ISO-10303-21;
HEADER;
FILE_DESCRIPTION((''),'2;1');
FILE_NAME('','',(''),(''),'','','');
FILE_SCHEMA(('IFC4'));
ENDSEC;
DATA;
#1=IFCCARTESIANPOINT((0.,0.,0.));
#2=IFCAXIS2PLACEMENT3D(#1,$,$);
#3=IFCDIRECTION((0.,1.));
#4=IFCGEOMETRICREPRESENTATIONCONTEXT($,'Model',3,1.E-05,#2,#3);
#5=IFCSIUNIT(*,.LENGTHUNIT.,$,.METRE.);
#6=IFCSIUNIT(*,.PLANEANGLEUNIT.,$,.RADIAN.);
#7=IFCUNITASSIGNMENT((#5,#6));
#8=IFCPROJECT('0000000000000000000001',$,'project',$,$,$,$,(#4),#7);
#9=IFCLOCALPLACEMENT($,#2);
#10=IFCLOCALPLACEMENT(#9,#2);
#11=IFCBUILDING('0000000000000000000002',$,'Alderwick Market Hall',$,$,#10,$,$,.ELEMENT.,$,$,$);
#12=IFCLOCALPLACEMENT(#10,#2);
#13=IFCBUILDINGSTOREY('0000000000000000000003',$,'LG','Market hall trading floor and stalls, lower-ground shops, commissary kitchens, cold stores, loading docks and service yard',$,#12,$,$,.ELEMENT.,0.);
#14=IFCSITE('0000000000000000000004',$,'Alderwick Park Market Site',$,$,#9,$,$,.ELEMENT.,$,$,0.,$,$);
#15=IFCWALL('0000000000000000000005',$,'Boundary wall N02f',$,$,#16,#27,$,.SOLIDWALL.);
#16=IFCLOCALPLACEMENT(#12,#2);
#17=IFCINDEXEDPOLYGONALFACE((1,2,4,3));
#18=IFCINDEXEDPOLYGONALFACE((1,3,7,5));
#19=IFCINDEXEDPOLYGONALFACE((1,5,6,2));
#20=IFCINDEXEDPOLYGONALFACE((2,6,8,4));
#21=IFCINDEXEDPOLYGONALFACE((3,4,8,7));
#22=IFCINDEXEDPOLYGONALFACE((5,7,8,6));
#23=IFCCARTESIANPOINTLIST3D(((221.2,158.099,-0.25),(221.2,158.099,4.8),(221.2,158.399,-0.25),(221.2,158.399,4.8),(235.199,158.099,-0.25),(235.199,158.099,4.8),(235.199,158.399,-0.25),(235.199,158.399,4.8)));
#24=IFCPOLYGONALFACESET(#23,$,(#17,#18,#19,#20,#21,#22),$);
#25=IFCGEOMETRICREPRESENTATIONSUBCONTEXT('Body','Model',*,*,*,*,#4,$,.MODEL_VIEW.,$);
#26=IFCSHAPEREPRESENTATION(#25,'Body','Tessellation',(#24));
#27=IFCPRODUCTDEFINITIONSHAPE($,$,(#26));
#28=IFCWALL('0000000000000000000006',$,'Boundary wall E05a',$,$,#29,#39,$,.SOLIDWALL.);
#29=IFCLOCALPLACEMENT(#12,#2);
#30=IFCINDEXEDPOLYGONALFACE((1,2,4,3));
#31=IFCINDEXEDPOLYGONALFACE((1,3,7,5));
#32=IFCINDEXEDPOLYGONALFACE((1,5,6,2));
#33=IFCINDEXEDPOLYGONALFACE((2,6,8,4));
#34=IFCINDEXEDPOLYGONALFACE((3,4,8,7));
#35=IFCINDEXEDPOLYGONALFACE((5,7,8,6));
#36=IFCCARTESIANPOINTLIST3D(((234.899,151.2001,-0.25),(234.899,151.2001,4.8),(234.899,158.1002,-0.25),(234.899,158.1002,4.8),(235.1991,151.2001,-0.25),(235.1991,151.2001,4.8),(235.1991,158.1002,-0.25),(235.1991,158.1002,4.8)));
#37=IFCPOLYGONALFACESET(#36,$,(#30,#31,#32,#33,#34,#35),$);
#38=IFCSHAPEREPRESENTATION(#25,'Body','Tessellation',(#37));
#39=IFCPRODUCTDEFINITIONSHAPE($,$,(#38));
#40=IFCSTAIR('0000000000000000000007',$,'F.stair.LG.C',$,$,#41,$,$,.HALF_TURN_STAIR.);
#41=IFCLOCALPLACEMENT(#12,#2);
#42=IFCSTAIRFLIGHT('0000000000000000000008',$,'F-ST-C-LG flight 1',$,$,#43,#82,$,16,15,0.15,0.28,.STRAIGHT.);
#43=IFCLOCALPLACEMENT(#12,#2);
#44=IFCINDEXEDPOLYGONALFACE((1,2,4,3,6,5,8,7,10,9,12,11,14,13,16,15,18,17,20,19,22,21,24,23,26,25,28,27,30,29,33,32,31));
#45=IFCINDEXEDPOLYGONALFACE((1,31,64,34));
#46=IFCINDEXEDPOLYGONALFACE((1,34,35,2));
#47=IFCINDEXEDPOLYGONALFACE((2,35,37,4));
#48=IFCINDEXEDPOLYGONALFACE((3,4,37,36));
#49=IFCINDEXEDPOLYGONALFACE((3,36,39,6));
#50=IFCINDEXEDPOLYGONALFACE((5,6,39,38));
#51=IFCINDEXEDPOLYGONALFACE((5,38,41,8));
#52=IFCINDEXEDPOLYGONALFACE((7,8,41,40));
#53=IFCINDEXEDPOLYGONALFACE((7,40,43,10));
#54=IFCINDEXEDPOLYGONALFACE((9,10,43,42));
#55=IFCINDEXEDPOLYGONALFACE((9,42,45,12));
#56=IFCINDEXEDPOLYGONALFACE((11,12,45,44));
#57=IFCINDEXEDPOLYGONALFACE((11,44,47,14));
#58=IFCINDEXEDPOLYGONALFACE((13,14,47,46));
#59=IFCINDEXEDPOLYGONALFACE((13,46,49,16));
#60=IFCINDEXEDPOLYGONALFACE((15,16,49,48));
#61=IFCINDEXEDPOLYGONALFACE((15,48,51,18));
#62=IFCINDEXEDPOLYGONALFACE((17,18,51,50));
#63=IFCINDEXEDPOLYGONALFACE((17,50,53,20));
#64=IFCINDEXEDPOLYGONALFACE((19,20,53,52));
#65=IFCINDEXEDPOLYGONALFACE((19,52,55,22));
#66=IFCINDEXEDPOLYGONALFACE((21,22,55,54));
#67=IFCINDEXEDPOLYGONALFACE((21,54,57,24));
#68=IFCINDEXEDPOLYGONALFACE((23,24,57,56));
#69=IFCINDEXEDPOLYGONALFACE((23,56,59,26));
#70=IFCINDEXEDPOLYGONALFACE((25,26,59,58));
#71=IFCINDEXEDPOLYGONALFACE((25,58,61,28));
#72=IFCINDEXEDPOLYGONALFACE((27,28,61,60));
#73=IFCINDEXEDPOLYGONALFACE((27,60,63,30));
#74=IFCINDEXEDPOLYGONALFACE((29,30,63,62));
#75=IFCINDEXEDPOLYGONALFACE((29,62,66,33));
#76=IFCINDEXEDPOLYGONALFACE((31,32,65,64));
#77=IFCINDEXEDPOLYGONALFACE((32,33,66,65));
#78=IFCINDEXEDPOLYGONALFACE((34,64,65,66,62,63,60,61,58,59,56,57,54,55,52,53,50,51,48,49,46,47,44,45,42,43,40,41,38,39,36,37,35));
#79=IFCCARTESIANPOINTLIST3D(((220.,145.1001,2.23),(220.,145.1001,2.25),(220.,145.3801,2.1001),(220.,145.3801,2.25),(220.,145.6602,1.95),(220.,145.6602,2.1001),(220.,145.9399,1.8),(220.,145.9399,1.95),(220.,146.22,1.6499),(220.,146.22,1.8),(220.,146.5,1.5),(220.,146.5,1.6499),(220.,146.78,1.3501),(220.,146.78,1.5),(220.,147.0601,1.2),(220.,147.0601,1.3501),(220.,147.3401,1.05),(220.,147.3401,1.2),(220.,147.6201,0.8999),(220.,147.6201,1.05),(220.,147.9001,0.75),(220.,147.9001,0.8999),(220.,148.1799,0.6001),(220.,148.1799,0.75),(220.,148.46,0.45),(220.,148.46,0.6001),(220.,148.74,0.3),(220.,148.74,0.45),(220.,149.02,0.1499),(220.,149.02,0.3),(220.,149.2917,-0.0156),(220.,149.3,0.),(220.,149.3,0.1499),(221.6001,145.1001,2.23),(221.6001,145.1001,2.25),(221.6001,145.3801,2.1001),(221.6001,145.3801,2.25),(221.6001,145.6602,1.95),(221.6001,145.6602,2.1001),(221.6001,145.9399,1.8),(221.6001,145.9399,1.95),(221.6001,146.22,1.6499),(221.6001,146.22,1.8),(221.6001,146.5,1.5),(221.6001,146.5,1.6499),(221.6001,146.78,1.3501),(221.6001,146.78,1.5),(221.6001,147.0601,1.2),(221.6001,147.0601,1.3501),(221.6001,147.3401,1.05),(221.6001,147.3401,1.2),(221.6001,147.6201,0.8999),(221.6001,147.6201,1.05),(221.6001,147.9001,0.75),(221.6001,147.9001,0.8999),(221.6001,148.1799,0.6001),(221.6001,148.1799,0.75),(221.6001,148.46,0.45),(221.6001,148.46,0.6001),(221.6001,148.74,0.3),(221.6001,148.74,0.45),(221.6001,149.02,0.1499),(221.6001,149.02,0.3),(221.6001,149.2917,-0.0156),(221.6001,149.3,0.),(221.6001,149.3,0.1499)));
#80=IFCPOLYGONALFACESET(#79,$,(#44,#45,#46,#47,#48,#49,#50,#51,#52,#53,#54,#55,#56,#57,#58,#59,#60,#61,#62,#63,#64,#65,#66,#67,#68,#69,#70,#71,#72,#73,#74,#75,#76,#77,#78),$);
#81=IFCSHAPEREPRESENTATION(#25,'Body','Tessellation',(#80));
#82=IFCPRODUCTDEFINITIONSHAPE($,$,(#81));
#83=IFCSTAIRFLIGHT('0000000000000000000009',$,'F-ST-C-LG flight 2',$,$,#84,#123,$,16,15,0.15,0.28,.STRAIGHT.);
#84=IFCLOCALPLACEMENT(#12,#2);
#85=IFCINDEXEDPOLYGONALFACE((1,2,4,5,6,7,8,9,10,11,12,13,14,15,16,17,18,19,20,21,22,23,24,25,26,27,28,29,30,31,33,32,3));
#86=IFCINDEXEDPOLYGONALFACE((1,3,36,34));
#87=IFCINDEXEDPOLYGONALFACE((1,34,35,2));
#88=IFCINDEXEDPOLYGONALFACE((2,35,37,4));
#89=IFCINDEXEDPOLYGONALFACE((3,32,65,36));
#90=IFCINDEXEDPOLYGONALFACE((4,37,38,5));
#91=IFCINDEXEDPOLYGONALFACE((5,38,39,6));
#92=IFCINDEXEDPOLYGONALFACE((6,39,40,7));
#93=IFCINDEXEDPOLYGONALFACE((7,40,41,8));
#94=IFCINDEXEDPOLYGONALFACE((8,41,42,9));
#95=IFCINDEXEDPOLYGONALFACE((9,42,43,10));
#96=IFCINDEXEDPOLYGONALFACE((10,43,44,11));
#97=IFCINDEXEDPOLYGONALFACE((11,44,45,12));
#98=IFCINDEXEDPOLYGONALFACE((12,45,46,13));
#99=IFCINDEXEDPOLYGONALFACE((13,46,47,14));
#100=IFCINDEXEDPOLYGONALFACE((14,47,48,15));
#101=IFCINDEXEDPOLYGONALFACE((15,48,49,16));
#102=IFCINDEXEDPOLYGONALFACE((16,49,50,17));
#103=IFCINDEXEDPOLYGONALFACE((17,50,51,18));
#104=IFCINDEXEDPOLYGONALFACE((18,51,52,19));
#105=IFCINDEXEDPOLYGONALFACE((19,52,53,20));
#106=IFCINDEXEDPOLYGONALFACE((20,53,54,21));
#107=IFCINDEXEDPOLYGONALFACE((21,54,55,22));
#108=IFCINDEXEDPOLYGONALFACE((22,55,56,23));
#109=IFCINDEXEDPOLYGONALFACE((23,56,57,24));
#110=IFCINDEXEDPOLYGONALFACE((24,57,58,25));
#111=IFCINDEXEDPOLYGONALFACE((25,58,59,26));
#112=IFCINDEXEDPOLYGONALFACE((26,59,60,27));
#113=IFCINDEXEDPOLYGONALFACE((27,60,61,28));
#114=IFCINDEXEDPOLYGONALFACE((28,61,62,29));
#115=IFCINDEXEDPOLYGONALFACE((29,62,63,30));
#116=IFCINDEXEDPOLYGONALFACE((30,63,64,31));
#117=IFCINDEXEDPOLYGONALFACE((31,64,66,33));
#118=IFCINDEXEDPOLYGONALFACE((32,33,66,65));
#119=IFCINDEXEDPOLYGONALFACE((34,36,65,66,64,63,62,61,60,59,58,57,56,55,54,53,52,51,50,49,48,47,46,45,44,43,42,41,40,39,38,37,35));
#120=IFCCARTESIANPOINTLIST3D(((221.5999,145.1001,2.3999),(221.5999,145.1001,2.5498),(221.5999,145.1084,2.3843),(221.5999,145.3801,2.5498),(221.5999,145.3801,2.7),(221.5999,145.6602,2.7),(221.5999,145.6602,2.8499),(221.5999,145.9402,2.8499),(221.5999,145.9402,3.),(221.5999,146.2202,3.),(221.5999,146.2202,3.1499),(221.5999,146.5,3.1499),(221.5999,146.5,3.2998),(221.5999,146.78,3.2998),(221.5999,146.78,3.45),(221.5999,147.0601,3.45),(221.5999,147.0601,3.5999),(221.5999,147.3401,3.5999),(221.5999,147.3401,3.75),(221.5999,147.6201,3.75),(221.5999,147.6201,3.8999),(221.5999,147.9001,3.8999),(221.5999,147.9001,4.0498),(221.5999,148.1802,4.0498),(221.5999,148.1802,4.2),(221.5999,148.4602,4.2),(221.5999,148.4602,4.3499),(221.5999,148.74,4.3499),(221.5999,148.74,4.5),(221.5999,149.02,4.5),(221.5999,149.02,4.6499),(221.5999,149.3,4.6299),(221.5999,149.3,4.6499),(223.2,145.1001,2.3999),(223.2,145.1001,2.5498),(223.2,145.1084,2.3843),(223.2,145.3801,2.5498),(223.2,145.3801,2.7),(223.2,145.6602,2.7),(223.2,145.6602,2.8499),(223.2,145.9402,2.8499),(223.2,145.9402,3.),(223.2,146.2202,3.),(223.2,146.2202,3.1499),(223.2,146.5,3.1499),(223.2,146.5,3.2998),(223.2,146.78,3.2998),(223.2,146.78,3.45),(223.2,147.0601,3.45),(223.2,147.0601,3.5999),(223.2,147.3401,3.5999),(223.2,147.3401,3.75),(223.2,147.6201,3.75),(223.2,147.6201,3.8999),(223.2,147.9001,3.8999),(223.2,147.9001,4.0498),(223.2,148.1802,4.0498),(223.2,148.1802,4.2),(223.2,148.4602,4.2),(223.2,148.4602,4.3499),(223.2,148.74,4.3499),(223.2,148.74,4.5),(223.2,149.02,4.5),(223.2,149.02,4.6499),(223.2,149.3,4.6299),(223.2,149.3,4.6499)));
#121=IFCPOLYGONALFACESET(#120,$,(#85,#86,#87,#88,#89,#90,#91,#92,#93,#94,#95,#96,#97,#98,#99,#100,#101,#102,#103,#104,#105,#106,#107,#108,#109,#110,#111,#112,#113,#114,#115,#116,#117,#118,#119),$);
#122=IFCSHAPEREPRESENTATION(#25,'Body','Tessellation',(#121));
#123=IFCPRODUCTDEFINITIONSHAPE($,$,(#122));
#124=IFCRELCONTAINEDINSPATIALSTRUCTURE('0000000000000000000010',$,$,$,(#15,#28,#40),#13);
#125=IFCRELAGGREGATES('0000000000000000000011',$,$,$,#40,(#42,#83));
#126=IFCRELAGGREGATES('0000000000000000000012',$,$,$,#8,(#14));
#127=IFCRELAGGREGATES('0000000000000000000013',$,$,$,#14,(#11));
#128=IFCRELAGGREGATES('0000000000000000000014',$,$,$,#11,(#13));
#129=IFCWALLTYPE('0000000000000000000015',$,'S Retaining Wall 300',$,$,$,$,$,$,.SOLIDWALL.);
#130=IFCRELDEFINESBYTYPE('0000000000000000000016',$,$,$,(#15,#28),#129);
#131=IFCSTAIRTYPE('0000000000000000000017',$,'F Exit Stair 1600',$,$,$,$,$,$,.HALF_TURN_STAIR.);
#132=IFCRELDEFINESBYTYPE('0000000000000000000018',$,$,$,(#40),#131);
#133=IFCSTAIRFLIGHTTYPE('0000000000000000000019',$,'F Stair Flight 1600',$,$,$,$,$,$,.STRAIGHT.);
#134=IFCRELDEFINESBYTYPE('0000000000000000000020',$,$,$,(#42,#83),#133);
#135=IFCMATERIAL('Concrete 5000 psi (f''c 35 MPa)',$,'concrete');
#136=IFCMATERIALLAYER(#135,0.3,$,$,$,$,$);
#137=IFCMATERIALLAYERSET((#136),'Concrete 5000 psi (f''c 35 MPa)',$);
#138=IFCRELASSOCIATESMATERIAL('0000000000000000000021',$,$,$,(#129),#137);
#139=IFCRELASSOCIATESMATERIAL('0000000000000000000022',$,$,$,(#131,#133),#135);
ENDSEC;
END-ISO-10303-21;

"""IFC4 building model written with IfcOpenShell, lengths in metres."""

from ifc_helpers import new_model, si_unit, direction, frame, frame_2d, origin, place, context, subcontext, project, spatial, polyline, rectangle, outline, extrude, material, layer, layer_set, type_object, element, aggregate, save


model = new_model("IFC4")

# Units and contexts
model_context = context("Model", 3, precision=1e-05, world=origin(), true_north=direction((0.0, 1.0)))
body_context = subcontext(model_context, "Body", "Model", "MODEL_VIEW")
ifc_project = project(units=[si_unit("LENGTHUNIT", "METRE"), si_unit("PLANEANGLEUNIT", "RADIAN")], contexts=[model_context])

# Site, building, storey
site_placement = place(None, origin())
site = spatial("IfcSite", under=ifc_project, at=site_placement, Name="Alderwick Park Market Site", CompositionType="ELEMENT", RefElevation=0.0)
building_placement = place(site_placement, origin())
building = spatial("IfcBuilding", under=site, at=building_placement, Name="Alderwick Market Hall", CompositionType="ELEMENT")
storey_placement = place(building_placement, origin())
storey = spatial("IfcBuildingStorey", under=building, at=storey_placement, Name="LG", Description="Market hall trading floor and stalls, lower-ground shops, commissary kitchens, cold stores, loading docks and service yard", CompositionType="ELEMENT", Elevation=0.0)

# Shared definitions
ifc_material_1 = material(Name="Concrete 5000 psi (f'c 35 MPa)", Category="concrete")

# Walls
ifc_layer_1 = layer(ifc_material_1, 0.3)
ifc_layer_set_1 = layer_set([ifc_layer_1], Name="Concrete 5000 psi (f'c 35 MPa)")
wall_type_1 = type_object("IfcWallType", Name="S Retaining Wall 300", PredefinedType="SOLIDWALL", material=ifc_layer_set_1)
wall_1_placement = place(storey_placement, frame((221.2, 158.249, -0.25), z_axis=(0.0, 0.0, 1.0), x_axis=(1.0, 0.0, 0.0)))
element("IfcWall", 1, at=wall_1_placement, inside=storey, type_object=wall_type_1, Name="Boundary wall N02f", PredefinedType="SOLIDWALL", context=body_context, shape_type="SweptSolid", body=[
    extrude(rectangle(XDim=13.999, YDim=0.3, at=frame_2d((6.9995, 0.0))), origin(), (0.0, 0.0, 1.0), 5.05),
])
wall_2_placement = place(storey_placement, frame((235.0491, 151.2, -0.25), z_axis=(0.0, 0.0, 1.0), x_axis=(0.0, 1.0, 0.0)))
element("IfcWall", 2, at=wall_2_placement, inside=storey, type_object=wall_type_1, Name="Boundary wall E05a", PredefinedType="SOLIDWALL", context=body_context, shape_type="SweptSolid", body=[
    extrude(rectangle(XDim=6.9001, YDim=0.3, at=frame_2d((3.4502, 0.0))), origin(), (0.0, 0.0, 1.0), 5.05),
])

# Stair, stair flights
stair_type = type_object("IfcStairType", Name="F Exit Stair 1600", PredefinedType="HALF_TURN_STAIR", material=ifc_material_1)
stair_placement = place(storey_placement, origin())
stair = element("IfcStair", 3, at=stair_placement, inside=storey, type_object=stair_type, Name="F.stair.LG.C", PredefinedType="HALF_TURN_STAIR")
stair_flight_type = type_object("IfcStairFlightType", Name="F Stair Flight 1600", PredefinedType="STRAIGHT", material=ifc_material_1)
stair_flight_1_placement = place(storey_placement, frame((220.8, 149.3, 0.0), z_axis=(0.0, 0.0, 1.0), x_axis=(0.0, -1.0, 0.0)))
stair_flight_1 = element("IfcStairFlight", 4, at=stair_flight_1_placement, type_object=stair_flight_type, Name="F-ST-C-LG flight 1", NumberOfRisers=16, NumberOfTreads=15, PredefinedType="STRAIGHT", RiserHeight=0.15, TreadLength=0.28, context=body_context, shape_type="SweptSolid", body=[
    extrude(outline(polyline([(0.0083, -0.0156), (0.0, 0.0), (0.0, 0.1499), (0.28, 0.1499), (0.28, 0.3), (0.5601, 0.3), (0.5601, 0.45), (0.8401, 0.45), (0.8401, 0.6001), (1.1201, 0.6001), (1.1201, 0.75), (1.3999, 0.75), (1.3999, 0.8999), (1.6799, 0.8999), (1.6799, 1.05), (1.96, 1.05), (1.96, 1.2), (2.24, 1.2), (2.24, 1.3501), (2.52, 1.3501), (2.52, 1.5), (2.8, 1.5), (2.8, 1.6499), (3.0801, 1.6499), (3.0801, 1.8), (3.3601, 1.8), (3.3601, 1.95), (3.6399, 1.95), (3.6399, 2.1001), (3.9199, 2.1001), (3.9199, 2.25), (4.2, 2.25), (4.2, 2.23), (0.0083, -0.0156)])), frame((0.0, 0.8, 0.0), z_axis=(0.0, -1.0, 0.0), x_axis=(1.0, 0.0, 0.0)), (0.0, 0.0, 1.0), 1.6001),
])
stair_flight_2_placement = place(storey_placement, frame((222.3999, 145.1001, 2.3999), z_axis=(0.0, 0.0, 1.0), x_axis=(0.0, 1.0, 0.0)))
stair_flight_2 = element("IfcStairFlight", 5, at=stair_flight_2_placement, type_object=stair_flight_type, Name="F-ST-C-LG flight 2", NumberOfRisers=16, NumberOfTreads=15, PredefinedType="STRAIGHT", RiserHeight=0.15, TreadLength=0.28, context=body_context, shape_type="SweptSolid", body=[
    extrude(outline(polyline([(0.0083, -0.0156), (0.0, 0.0), (0.0, 0.1499), (0.28, 0.1499), (0.28, 0.3), (0.5601, 0.3), (0.5601, 0.45), (0.8401, 0.45), (0.8401, 0.6001), (1.1201, 0.6001), (1.1201, 0.75), (1.3999, 0.75), (1.3999, 0.8999), (1.6799, 0.8999), (1.6799, 1.05), (1.96, 1.05), (1.96, 1.2), (2.24, 1.2), (2.24, 1.3501), (2.52, 1.3501), (2.52, 1.5), (2.8, 1.5), (2.8, 1.6499), (3.0801, 1.6499), (3.0801, 1.8), (3.3601, 1.8), (3.3601, 1.95), (3.6399, 1.95), (3.6399, 2.1001), (3.9199, 2.1001), (3.9199, 2.25), (4.2, 2.25), (4.2, 2.23), (0.0083, -0.0156)])), frame((0.0, 0.8, 0.0), z_axis=(0.0, -1.0, 0.0), x_axis=(1.0, 0.0, 0.0)), (0.0, 0.0, 1.0), 1.6001),
])
aggregate(stair, [stair_flight_1, stair_flight_2])

save(model, "model.ifc")
